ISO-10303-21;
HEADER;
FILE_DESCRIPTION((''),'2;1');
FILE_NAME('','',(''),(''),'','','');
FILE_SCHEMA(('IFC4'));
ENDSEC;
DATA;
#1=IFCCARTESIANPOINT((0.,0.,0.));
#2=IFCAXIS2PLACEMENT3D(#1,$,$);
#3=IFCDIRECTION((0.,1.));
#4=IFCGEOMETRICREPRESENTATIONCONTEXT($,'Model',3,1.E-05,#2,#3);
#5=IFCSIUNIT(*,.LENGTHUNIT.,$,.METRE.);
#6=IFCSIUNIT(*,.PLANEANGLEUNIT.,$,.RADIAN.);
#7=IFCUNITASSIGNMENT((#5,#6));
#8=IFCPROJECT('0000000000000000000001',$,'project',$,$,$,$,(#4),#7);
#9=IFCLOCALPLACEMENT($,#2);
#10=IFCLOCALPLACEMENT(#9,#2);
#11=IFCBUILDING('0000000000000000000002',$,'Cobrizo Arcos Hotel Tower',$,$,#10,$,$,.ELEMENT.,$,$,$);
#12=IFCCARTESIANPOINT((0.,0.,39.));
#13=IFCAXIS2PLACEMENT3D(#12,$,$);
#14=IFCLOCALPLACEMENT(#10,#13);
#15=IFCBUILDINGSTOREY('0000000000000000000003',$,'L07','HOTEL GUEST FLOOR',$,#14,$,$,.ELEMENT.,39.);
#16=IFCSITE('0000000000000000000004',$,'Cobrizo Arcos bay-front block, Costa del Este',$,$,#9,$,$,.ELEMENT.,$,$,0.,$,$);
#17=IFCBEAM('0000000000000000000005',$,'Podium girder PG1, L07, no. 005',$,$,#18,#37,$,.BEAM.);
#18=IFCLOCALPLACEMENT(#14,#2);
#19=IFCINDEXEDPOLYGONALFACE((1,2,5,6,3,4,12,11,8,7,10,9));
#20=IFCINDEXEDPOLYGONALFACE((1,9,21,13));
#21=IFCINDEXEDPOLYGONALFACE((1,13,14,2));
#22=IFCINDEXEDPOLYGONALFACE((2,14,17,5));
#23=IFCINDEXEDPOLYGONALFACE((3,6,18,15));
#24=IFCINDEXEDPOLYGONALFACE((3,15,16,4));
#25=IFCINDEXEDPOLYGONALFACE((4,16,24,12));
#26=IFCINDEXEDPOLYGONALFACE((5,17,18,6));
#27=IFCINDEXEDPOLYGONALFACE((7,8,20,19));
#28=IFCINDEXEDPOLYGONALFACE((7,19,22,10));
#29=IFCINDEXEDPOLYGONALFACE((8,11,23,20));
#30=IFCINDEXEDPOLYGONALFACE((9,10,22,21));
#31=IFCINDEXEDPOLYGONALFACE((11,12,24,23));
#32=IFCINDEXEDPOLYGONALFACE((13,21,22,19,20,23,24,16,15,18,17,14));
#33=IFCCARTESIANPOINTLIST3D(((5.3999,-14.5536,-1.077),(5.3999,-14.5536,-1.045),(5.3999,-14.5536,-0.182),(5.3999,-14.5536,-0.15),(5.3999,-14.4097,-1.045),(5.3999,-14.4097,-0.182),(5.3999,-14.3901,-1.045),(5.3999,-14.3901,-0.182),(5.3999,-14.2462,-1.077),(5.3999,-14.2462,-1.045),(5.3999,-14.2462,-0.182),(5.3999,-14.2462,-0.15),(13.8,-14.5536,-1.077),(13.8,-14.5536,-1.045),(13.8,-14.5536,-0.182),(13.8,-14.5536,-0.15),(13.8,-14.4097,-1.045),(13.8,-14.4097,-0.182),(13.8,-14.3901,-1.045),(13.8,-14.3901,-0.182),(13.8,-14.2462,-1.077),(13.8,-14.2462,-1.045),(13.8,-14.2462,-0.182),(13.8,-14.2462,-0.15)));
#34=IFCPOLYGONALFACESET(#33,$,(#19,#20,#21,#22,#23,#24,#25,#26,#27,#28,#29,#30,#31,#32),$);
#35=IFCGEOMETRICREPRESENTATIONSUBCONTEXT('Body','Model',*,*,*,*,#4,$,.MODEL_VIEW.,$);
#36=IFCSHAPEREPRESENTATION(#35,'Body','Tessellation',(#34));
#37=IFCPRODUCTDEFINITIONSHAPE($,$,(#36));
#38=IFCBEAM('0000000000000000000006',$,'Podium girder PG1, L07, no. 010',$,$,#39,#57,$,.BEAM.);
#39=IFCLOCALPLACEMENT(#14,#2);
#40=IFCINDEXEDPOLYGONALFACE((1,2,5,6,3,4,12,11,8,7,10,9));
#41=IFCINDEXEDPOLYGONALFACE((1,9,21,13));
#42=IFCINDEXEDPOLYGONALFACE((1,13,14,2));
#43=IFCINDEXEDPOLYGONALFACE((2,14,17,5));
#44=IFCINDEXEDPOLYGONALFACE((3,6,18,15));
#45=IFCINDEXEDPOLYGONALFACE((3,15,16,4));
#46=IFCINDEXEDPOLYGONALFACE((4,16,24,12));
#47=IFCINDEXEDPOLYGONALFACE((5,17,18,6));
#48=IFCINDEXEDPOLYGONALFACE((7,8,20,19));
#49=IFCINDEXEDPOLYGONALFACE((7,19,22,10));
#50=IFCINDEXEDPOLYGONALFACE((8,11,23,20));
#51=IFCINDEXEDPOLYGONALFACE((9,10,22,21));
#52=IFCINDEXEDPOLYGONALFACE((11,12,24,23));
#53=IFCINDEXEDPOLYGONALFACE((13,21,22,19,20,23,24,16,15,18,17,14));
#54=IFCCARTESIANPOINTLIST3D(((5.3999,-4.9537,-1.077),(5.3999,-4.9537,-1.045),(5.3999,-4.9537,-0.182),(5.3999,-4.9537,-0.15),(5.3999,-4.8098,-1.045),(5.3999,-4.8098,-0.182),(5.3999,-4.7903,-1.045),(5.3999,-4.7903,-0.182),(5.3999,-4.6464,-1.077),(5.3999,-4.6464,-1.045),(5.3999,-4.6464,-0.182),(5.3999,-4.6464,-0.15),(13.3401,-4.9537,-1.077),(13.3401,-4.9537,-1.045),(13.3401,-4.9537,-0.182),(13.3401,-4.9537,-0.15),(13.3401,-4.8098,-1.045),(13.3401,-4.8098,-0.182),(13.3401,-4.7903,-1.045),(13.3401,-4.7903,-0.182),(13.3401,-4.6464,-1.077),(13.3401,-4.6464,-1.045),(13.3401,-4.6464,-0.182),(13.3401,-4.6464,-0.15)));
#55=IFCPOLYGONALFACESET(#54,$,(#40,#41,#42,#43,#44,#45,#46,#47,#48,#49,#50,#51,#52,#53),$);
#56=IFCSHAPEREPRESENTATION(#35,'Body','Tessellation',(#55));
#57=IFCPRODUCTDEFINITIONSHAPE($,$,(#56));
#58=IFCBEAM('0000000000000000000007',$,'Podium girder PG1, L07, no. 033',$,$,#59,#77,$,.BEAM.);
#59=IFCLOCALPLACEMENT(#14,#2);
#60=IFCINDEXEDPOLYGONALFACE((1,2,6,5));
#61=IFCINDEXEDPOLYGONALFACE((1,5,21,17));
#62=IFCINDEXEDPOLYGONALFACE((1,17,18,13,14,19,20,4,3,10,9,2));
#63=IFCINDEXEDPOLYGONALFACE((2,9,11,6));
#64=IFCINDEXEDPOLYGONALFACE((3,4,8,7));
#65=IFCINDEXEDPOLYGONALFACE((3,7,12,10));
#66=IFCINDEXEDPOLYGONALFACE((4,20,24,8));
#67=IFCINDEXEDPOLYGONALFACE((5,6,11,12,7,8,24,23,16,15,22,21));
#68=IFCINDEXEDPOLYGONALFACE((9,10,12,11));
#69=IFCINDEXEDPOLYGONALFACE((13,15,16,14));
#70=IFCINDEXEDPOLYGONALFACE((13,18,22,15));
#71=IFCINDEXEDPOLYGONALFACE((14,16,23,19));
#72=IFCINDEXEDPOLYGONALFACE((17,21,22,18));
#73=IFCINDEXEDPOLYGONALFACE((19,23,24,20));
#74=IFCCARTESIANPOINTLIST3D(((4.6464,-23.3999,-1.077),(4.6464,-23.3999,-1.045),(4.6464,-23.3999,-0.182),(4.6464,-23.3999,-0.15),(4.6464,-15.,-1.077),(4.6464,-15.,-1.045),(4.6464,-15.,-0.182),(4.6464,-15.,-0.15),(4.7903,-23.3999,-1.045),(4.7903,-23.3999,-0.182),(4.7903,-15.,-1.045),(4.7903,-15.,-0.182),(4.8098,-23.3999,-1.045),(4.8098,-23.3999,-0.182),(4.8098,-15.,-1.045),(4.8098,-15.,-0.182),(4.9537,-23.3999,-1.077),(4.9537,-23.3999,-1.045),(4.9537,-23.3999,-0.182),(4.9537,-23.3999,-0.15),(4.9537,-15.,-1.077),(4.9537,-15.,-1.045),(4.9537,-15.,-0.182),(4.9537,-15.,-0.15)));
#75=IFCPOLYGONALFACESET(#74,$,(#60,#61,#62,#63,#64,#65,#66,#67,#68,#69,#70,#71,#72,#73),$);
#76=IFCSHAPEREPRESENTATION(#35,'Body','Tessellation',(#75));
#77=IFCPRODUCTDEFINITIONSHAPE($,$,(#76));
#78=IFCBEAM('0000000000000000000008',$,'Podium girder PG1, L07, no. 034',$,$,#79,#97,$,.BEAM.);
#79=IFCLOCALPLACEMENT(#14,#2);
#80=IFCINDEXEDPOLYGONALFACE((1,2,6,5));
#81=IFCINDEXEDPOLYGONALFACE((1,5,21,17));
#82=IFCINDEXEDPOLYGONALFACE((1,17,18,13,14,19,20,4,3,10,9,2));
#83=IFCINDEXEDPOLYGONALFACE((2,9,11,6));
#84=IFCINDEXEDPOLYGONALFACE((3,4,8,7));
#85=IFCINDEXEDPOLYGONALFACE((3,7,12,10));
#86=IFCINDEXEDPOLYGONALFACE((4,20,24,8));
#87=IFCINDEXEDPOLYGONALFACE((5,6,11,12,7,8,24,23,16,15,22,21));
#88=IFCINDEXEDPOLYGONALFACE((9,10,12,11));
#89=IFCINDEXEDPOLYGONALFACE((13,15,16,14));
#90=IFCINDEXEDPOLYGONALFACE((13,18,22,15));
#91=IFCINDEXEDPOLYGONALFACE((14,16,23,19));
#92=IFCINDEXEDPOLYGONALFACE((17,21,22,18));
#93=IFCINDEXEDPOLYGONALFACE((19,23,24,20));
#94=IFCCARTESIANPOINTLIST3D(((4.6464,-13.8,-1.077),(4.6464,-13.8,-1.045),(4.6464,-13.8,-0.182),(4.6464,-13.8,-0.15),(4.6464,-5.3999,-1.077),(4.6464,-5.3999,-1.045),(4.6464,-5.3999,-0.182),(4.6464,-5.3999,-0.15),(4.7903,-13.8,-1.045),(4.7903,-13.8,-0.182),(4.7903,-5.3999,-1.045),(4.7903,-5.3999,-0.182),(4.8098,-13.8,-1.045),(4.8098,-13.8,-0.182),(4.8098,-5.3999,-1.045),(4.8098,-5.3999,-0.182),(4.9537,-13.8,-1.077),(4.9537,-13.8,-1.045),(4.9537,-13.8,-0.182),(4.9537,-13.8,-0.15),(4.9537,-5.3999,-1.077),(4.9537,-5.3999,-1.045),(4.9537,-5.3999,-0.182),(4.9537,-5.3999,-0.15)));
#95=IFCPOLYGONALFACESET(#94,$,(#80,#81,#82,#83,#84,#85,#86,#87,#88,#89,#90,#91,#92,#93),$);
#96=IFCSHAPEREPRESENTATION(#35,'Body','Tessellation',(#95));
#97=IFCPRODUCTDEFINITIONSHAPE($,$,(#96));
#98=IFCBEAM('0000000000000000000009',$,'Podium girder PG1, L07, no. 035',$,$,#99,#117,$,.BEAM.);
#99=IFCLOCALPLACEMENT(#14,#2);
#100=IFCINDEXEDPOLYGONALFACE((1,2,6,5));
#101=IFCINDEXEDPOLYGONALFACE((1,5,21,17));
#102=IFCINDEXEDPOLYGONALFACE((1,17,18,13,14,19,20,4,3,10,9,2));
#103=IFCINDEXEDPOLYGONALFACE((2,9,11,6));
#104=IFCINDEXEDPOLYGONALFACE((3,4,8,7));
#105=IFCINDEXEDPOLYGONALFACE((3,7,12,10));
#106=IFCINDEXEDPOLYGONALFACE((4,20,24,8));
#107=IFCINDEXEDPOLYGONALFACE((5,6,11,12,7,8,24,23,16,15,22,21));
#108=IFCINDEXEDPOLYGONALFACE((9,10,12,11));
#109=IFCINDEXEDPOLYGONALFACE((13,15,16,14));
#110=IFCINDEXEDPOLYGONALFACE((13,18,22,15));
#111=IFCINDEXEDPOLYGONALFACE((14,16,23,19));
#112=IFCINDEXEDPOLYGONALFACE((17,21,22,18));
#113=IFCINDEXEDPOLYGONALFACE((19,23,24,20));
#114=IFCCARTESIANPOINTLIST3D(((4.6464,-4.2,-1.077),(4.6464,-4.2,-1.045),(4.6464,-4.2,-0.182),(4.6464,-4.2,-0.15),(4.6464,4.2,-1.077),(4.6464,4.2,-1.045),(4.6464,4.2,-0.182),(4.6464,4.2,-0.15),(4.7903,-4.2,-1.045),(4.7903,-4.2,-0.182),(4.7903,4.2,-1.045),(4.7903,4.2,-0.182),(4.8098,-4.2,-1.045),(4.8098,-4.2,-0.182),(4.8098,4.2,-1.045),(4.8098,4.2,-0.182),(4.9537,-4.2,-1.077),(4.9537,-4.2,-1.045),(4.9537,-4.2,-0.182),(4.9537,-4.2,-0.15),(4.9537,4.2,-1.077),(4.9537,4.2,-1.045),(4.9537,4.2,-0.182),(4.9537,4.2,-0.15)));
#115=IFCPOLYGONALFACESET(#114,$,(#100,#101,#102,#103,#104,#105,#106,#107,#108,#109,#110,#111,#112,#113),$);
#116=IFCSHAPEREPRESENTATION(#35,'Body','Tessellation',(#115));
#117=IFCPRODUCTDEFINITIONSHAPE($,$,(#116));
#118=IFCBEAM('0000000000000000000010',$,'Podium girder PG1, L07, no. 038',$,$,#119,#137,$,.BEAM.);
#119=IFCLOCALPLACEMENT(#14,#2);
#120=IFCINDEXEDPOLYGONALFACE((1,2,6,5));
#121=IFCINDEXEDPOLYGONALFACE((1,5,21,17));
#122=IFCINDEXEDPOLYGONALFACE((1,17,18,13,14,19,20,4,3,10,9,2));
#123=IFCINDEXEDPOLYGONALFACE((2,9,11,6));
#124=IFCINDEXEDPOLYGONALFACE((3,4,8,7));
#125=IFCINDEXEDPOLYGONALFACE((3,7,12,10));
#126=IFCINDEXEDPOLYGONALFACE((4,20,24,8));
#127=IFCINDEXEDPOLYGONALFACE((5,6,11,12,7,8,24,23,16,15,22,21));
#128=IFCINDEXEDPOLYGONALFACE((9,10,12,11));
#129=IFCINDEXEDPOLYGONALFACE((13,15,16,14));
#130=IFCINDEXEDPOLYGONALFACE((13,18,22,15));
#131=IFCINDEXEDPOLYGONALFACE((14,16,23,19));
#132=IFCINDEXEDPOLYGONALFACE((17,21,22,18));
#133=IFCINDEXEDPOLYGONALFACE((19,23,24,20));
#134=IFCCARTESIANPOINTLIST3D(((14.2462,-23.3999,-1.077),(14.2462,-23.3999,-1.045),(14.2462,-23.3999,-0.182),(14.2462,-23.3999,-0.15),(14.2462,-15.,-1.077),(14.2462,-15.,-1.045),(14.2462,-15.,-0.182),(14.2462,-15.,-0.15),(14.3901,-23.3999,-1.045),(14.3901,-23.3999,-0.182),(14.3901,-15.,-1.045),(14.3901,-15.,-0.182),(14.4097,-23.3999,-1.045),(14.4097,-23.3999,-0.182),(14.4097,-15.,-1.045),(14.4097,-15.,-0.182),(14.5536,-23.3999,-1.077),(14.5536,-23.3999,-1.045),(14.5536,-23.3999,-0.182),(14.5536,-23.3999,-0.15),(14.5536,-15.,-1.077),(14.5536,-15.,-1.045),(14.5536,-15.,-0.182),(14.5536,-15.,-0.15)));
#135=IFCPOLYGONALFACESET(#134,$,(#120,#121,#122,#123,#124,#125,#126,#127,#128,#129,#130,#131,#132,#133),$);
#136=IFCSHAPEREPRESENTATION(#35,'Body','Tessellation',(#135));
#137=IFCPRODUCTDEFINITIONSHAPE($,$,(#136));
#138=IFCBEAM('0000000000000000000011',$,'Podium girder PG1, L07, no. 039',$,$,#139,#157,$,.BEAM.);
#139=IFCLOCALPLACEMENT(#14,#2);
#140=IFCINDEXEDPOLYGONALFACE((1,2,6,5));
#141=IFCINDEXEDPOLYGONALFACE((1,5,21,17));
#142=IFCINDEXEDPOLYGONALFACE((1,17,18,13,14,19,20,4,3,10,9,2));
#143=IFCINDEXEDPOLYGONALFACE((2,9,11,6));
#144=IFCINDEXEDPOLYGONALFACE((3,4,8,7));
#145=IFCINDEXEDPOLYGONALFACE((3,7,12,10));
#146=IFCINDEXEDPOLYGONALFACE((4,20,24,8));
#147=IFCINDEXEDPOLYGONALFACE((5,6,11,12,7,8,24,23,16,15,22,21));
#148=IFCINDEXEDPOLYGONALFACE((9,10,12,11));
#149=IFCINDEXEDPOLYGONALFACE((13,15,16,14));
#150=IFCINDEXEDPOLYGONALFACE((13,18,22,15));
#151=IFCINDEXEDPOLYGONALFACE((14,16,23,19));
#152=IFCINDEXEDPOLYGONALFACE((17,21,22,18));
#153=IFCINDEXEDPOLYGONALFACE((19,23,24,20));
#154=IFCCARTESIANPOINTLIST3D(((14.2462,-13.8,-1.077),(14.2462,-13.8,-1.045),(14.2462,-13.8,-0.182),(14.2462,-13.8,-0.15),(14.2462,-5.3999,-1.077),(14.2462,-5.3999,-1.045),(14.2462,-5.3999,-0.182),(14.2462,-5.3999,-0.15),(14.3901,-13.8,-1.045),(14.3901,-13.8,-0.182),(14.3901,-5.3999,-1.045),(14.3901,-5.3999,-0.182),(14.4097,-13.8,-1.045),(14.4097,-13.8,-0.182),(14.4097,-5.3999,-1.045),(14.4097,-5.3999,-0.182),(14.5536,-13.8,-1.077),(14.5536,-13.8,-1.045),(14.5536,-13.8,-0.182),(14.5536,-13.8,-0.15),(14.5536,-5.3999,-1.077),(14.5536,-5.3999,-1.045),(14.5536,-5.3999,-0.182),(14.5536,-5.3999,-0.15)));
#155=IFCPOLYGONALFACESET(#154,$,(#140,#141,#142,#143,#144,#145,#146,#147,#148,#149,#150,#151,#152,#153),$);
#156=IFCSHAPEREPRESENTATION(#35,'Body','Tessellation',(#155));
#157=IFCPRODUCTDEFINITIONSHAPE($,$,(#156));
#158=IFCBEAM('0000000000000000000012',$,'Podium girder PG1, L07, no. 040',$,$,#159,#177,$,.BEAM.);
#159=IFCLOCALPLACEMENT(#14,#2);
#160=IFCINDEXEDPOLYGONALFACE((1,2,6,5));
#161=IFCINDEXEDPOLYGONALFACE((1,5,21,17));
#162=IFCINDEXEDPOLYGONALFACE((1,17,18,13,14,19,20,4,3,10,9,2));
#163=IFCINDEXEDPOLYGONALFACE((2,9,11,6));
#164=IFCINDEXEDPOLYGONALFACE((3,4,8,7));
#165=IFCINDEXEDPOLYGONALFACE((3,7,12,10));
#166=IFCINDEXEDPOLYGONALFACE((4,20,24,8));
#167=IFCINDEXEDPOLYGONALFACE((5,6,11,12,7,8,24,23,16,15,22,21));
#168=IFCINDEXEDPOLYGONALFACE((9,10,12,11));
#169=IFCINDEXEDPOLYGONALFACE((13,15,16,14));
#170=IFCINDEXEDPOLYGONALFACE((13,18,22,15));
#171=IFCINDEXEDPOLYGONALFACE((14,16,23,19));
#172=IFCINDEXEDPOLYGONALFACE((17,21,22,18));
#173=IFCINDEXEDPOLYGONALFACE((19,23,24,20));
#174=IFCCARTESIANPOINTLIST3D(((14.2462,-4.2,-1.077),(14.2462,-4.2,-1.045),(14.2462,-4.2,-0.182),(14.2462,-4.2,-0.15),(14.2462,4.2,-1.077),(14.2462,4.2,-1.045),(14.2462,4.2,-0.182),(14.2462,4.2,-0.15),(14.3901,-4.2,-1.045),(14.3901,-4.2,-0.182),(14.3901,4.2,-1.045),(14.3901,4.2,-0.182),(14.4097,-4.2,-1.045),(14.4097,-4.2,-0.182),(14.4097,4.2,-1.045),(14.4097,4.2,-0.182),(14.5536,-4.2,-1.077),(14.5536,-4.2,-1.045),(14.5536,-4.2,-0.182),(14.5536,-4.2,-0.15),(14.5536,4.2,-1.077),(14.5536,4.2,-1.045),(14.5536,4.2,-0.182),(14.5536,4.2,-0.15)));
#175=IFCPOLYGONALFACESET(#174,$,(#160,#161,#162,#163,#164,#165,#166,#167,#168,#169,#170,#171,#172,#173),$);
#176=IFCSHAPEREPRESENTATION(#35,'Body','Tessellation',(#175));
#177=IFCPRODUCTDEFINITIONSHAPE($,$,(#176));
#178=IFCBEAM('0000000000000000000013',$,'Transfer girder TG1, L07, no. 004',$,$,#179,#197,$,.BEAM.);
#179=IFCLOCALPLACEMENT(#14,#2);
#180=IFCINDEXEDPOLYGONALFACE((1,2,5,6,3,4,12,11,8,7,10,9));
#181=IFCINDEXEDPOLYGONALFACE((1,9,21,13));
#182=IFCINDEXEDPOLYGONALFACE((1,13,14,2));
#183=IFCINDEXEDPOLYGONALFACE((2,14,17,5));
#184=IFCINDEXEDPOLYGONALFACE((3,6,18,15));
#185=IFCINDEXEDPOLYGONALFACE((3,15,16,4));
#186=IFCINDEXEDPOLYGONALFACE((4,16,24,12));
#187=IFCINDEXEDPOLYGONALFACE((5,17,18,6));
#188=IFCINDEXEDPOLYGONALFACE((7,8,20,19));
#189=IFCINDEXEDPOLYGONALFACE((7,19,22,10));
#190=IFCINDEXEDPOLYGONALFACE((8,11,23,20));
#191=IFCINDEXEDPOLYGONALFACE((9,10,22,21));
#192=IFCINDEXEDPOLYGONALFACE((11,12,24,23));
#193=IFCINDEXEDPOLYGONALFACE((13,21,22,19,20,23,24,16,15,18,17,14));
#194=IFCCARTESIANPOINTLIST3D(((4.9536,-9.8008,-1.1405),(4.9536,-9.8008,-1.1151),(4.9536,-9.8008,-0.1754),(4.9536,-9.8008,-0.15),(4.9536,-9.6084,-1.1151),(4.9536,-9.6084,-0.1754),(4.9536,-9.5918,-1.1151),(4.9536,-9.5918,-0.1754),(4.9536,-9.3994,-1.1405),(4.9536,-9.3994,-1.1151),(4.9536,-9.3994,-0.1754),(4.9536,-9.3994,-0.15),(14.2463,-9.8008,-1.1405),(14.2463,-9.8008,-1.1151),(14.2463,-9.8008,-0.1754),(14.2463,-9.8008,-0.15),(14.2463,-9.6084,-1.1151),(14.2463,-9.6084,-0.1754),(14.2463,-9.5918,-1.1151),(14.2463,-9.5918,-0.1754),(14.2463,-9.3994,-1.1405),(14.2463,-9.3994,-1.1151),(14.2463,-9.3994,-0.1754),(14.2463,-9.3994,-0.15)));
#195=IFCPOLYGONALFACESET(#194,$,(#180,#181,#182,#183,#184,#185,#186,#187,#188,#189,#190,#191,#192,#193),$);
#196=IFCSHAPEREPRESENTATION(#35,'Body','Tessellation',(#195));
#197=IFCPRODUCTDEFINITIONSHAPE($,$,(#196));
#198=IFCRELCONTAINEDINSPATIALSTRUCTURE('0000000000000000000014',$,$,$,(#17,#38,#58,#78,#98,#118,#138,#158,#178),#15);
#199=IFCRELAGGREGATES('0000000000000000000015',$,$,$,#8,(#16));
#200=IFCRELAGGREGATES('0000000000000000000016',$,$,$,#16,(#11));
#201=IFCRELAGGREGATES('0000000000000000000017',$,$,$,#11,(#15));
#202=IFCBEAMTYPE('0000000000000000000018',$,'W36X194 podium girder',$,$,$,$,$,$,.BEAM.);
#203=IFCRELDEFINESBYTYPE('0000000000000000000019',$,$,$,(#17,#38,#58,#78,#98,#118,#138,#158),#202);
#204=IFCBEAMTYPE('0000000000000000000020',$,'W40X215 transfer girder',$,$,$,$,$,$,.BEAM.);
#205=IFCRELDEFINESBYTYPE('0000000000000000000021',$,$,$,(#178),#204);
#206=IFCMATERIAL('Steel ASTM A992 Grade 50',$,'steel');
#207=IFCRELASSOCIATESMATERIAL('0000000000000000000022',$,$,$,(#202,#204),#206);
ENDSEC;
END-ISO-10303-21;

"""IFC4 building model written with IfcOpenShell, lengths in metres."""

from ifc_helpers import new_model, si_unit, direction, frame, origin, origin_2d, place, context, subcontext, project, spatial, i_section, extrude, material, material_profile, profile_set, type_object, element, save


model = new_model("IFC4")

# Units and contexts
model_context = context("Model", 3, precision=1e-05, world=origin(), true_north=direction((0.0, 1.0)))
body_context = subcontext(model_context, "Body", "Model", "MODEL_VIEW")
ifc_project = project(units=[si_unit("LENGTHUNIT", "METRE"), si_unit("PLANEANGLEUNIT", "RADIAN")], contexts=[model_context])

# Site, building, storey
site_placement = place(None, origin())
site = spatial("IfcSite", under=ifc_project, at=site_placement, Name="Cobrizo Arcos bay-front block, Costa del Este", CompositionType="ELEMENT", RefElevation=0.0)
building_placement = place(site_placement, origin())
building = spatial("IfcBuilding", under=site, at=building_placement, Name="Cobrizo Arcos Hotel Tower", CompositionType="ELEMENT")
storey_placement = place(building_placement, frame((0.0, 0.0, 39.0)))
storey = spatial("IfcBuildingStorey", under=building, at=storey_placement, Name="L07", Description="HOTEL GUEST FLOOR", CompositionType="ELEMENT", Elevation=39.0)

# Shared definitions
ifc_material_1 = material(Name="Steel ASTM A992 Grade 50", Category="steel")

# Beams
ifc_material_profile_1 = material_profile(ifc_material_1, i_section(OverallWidth=0.3074, OverallDepth=0.927, WebThickness=0.0195, FlangeThickness=0.032, at=origin_2d()), Name="W36X194")
ifc_profile_set_1 = profile_set([ifc_material_profile_1], Name="Steel ASTM A992 Grade 50")
beam_type_1 = type_object("IfcBeamType", Name="W36X194 podium girder", PredefinedType="BEAM", material=ifc_profile_set_1)
beam_1_placement = place(storey_placement, frame((5.3999, -14.3999, -0.6135), z_axis=(1.0, 0.0, 0.0), x_axis=(0.0, 1.0, 0.0)))
element("IfcBeam", 1, at=beam_1_placement, inside=storey, type_object=beam_type_1, Name="Podium girder PG1, L07, no. 005", PredefinedType="BEAM", context=body_context, shape_type="SweptSolid", body=[
    extrude(i_section(OverallWidth=0.3074, OverallDepth=0.927, WebThickness=0.0195, FlangeThickness=0.032, at=origin_2d()), origin(), (0.0, 0.0, 1.0), 8.4001),
])
beam_2_placement = place(storey_placement, frame((5.3999, -4.8, -0.6135), z_axis=(1.0, 0.0, 0.0), x_axis=(0.0, 1.0, 0.0)))
element("IfcBeam", 2, at=beam_2_placement, inside=storey, type_object=beam_type_1, Name="Podium girder PG1, L07, no. 010", PredefinedType="BEAM", context=body_context, shape_type="SweptSolid", body=[
    extrude(i_section(OverallWidth=0.3074, OverallDepth=0.927, WebThickness=0.0195, FlangeThickness=0.032, at=origin_2d()), origin(), (0.0, 0.0, 1.0), 7.9402),
])
beam_3_placement = place(storey_placement, frame((4.8, -23.3999, -0.6135), z_axis=(0.0, 1.0, 0.0), x_axis=(-1.0, 0.0, 0.0)))
element("IfcBeam", 3, at=beam_3_placement, inside=storey, type_object=beam_type_1, Name="Podium girder PG1, L07, no. 033", PredefinedType="BEAM", context=body_context, shape_type="SweptSolid", body=[
    extrude(i_section(OverallWidth=0.3074, OverallDepth=0.927, WebThickness=0.0195, FlangeThickness=0.032, at=origin_2d()), origin(), (0.0, 0.0, 1.0), 8.3999),
])
beam_4_placement = place(storey_placement, frame((4.8, -13.8, -0.6135), z_axis=(0.0, 1.0, 0.0), x_axis=(-1.0, 0.0, 0.0)))
element("IfcBeam", 4, at=beam_4_placement, inside=storey, type_object=beam_type_1, Name="Podium girder PG1, L07, no. 034", PredefinedType="BEAM", context=body_context, shape_type="SweptSolid", body=[
    extrude(i_section(OverallWidth=0.3074, OverallDepth=0.927, WebThickness=0.0195, FlangeThickness=0.032, at=origin_2d()), origin(), (0.0, 0.0, 1.0), 8.4001),
])
for number, where, z_axis, x_axis, name in (
    (5, (4.8, -4.2, -0.6135), (0.0, 1.0, 0.0), (-1.0, 0.0, 0.0), "Podium girder PG1, L07, no. 035"),
    (6, (14.3999, -23.3999, -0.6135), (0.0, 1.0, 0.0), (-1.0, 0.0, 0.0), "Podium girder PG1, L07, no. 038"),
):
    element("IfcBeam", number, at=place(storey_placement, frame(where, z_axis=z_axis, x_axis=x_axis)), inside=storey, type_object=beam_type_1, Name=name, PredefinedType="BEAM", context=body_context, shape_type="SweptSolid", body=[
        extrude(i_section(OverallWidth=0.3074, OverallDepth=0.927, WebThickness=0.0195, FlangeThickness=0.032, at=origin_2d()), origin(), (0.0, 0.0, 1.0), 8.3999),
    ])
beam_5_placement = place(storey_placement, frame((14.3999, -13.8, -0.6135), z_axis=(0.0, 1.0, 0.0), x_axis=(-1.0, 0.0, 0.0)))
element("IfcBeam", 7, at=beam_5_placement, inside=storey, type_object=beam_type_1, Name="Podium girder PG1, L07, no. 039", PredefinedType="BEAM", context=body_context, shape_type="SweptSolid", body=[
    extrude(i_section(OverallWidth=0.3074, OverallDepth=0.927, WebThickness=0.0195, FlangeThickness=0.032, at=origin_2d()), origin(), (0.0, 0.0, 1.0), 8.4001),
])
beam_6_placement = place(storey_placement, frame((14.3999, -4.2, -0.6135), z_axis=(0.0, 1.0, 0.0), x_axis=(-1.0, 0.0, 0.0)))
element("IfcBeam", 8, at=beam_6_placement, inside=storey, type_object=beam_type_1, Name="Podium girder PG1, L07, no. 040", PredefinedType="BEAM", context=body_context, shape_type="SweptSolid", body=[
    extrude(i_section(OverallWidth=0.3074, OverallDepth=0.927, WebThickness=0.0195, FlangeThickness=0.032, at=origin_2d()), origin(), (0.0, 0.0, 1.0), 8.3999),
])
ifc_material_profile_2 = material_profile(ifc_material_1, i_section(OverallWidth=0.4014, OverallDepth=0.9905, WebThickness=0.0166, FlangeThickness=0.0254, at=origin_2d()), Name="W40X215")
ifc_profile_set_2 = profile_set([ifc_material_profile_2], Name="Steel ASTM A992 Grade 50")
beam_type_2 = type_object("IfcBeamType", Name="W40X215 transfer girder", PredefinedType="BEAM", material=ifc_profile_set_2)
beam_7_placement = place(storey_placement, frame((4.9536, -9.6001, -0.6453), z_axis=(1.0, 0.0, 0.0), x_axis=(0.0, 1.0, 0.0)))
element("IfcBeam", 9, at=beam_7_placement, inside=storey, type_object=beam_type_2, Name="Transfer girder TG1, L07, no. 004", PredefinedType="BEAM", context=body_context, shape_type="SweptSolid", body=[
    extrude(i_section(OverallWidth=0.4014, OverallDepth=0.9905, WebThickness=0.0166, FlangeThickness=0.0254, at=origin_2d()), origin(), (0.0, 0.0, 1.0), 9.2927),
])

save(model, "model.ifc")
